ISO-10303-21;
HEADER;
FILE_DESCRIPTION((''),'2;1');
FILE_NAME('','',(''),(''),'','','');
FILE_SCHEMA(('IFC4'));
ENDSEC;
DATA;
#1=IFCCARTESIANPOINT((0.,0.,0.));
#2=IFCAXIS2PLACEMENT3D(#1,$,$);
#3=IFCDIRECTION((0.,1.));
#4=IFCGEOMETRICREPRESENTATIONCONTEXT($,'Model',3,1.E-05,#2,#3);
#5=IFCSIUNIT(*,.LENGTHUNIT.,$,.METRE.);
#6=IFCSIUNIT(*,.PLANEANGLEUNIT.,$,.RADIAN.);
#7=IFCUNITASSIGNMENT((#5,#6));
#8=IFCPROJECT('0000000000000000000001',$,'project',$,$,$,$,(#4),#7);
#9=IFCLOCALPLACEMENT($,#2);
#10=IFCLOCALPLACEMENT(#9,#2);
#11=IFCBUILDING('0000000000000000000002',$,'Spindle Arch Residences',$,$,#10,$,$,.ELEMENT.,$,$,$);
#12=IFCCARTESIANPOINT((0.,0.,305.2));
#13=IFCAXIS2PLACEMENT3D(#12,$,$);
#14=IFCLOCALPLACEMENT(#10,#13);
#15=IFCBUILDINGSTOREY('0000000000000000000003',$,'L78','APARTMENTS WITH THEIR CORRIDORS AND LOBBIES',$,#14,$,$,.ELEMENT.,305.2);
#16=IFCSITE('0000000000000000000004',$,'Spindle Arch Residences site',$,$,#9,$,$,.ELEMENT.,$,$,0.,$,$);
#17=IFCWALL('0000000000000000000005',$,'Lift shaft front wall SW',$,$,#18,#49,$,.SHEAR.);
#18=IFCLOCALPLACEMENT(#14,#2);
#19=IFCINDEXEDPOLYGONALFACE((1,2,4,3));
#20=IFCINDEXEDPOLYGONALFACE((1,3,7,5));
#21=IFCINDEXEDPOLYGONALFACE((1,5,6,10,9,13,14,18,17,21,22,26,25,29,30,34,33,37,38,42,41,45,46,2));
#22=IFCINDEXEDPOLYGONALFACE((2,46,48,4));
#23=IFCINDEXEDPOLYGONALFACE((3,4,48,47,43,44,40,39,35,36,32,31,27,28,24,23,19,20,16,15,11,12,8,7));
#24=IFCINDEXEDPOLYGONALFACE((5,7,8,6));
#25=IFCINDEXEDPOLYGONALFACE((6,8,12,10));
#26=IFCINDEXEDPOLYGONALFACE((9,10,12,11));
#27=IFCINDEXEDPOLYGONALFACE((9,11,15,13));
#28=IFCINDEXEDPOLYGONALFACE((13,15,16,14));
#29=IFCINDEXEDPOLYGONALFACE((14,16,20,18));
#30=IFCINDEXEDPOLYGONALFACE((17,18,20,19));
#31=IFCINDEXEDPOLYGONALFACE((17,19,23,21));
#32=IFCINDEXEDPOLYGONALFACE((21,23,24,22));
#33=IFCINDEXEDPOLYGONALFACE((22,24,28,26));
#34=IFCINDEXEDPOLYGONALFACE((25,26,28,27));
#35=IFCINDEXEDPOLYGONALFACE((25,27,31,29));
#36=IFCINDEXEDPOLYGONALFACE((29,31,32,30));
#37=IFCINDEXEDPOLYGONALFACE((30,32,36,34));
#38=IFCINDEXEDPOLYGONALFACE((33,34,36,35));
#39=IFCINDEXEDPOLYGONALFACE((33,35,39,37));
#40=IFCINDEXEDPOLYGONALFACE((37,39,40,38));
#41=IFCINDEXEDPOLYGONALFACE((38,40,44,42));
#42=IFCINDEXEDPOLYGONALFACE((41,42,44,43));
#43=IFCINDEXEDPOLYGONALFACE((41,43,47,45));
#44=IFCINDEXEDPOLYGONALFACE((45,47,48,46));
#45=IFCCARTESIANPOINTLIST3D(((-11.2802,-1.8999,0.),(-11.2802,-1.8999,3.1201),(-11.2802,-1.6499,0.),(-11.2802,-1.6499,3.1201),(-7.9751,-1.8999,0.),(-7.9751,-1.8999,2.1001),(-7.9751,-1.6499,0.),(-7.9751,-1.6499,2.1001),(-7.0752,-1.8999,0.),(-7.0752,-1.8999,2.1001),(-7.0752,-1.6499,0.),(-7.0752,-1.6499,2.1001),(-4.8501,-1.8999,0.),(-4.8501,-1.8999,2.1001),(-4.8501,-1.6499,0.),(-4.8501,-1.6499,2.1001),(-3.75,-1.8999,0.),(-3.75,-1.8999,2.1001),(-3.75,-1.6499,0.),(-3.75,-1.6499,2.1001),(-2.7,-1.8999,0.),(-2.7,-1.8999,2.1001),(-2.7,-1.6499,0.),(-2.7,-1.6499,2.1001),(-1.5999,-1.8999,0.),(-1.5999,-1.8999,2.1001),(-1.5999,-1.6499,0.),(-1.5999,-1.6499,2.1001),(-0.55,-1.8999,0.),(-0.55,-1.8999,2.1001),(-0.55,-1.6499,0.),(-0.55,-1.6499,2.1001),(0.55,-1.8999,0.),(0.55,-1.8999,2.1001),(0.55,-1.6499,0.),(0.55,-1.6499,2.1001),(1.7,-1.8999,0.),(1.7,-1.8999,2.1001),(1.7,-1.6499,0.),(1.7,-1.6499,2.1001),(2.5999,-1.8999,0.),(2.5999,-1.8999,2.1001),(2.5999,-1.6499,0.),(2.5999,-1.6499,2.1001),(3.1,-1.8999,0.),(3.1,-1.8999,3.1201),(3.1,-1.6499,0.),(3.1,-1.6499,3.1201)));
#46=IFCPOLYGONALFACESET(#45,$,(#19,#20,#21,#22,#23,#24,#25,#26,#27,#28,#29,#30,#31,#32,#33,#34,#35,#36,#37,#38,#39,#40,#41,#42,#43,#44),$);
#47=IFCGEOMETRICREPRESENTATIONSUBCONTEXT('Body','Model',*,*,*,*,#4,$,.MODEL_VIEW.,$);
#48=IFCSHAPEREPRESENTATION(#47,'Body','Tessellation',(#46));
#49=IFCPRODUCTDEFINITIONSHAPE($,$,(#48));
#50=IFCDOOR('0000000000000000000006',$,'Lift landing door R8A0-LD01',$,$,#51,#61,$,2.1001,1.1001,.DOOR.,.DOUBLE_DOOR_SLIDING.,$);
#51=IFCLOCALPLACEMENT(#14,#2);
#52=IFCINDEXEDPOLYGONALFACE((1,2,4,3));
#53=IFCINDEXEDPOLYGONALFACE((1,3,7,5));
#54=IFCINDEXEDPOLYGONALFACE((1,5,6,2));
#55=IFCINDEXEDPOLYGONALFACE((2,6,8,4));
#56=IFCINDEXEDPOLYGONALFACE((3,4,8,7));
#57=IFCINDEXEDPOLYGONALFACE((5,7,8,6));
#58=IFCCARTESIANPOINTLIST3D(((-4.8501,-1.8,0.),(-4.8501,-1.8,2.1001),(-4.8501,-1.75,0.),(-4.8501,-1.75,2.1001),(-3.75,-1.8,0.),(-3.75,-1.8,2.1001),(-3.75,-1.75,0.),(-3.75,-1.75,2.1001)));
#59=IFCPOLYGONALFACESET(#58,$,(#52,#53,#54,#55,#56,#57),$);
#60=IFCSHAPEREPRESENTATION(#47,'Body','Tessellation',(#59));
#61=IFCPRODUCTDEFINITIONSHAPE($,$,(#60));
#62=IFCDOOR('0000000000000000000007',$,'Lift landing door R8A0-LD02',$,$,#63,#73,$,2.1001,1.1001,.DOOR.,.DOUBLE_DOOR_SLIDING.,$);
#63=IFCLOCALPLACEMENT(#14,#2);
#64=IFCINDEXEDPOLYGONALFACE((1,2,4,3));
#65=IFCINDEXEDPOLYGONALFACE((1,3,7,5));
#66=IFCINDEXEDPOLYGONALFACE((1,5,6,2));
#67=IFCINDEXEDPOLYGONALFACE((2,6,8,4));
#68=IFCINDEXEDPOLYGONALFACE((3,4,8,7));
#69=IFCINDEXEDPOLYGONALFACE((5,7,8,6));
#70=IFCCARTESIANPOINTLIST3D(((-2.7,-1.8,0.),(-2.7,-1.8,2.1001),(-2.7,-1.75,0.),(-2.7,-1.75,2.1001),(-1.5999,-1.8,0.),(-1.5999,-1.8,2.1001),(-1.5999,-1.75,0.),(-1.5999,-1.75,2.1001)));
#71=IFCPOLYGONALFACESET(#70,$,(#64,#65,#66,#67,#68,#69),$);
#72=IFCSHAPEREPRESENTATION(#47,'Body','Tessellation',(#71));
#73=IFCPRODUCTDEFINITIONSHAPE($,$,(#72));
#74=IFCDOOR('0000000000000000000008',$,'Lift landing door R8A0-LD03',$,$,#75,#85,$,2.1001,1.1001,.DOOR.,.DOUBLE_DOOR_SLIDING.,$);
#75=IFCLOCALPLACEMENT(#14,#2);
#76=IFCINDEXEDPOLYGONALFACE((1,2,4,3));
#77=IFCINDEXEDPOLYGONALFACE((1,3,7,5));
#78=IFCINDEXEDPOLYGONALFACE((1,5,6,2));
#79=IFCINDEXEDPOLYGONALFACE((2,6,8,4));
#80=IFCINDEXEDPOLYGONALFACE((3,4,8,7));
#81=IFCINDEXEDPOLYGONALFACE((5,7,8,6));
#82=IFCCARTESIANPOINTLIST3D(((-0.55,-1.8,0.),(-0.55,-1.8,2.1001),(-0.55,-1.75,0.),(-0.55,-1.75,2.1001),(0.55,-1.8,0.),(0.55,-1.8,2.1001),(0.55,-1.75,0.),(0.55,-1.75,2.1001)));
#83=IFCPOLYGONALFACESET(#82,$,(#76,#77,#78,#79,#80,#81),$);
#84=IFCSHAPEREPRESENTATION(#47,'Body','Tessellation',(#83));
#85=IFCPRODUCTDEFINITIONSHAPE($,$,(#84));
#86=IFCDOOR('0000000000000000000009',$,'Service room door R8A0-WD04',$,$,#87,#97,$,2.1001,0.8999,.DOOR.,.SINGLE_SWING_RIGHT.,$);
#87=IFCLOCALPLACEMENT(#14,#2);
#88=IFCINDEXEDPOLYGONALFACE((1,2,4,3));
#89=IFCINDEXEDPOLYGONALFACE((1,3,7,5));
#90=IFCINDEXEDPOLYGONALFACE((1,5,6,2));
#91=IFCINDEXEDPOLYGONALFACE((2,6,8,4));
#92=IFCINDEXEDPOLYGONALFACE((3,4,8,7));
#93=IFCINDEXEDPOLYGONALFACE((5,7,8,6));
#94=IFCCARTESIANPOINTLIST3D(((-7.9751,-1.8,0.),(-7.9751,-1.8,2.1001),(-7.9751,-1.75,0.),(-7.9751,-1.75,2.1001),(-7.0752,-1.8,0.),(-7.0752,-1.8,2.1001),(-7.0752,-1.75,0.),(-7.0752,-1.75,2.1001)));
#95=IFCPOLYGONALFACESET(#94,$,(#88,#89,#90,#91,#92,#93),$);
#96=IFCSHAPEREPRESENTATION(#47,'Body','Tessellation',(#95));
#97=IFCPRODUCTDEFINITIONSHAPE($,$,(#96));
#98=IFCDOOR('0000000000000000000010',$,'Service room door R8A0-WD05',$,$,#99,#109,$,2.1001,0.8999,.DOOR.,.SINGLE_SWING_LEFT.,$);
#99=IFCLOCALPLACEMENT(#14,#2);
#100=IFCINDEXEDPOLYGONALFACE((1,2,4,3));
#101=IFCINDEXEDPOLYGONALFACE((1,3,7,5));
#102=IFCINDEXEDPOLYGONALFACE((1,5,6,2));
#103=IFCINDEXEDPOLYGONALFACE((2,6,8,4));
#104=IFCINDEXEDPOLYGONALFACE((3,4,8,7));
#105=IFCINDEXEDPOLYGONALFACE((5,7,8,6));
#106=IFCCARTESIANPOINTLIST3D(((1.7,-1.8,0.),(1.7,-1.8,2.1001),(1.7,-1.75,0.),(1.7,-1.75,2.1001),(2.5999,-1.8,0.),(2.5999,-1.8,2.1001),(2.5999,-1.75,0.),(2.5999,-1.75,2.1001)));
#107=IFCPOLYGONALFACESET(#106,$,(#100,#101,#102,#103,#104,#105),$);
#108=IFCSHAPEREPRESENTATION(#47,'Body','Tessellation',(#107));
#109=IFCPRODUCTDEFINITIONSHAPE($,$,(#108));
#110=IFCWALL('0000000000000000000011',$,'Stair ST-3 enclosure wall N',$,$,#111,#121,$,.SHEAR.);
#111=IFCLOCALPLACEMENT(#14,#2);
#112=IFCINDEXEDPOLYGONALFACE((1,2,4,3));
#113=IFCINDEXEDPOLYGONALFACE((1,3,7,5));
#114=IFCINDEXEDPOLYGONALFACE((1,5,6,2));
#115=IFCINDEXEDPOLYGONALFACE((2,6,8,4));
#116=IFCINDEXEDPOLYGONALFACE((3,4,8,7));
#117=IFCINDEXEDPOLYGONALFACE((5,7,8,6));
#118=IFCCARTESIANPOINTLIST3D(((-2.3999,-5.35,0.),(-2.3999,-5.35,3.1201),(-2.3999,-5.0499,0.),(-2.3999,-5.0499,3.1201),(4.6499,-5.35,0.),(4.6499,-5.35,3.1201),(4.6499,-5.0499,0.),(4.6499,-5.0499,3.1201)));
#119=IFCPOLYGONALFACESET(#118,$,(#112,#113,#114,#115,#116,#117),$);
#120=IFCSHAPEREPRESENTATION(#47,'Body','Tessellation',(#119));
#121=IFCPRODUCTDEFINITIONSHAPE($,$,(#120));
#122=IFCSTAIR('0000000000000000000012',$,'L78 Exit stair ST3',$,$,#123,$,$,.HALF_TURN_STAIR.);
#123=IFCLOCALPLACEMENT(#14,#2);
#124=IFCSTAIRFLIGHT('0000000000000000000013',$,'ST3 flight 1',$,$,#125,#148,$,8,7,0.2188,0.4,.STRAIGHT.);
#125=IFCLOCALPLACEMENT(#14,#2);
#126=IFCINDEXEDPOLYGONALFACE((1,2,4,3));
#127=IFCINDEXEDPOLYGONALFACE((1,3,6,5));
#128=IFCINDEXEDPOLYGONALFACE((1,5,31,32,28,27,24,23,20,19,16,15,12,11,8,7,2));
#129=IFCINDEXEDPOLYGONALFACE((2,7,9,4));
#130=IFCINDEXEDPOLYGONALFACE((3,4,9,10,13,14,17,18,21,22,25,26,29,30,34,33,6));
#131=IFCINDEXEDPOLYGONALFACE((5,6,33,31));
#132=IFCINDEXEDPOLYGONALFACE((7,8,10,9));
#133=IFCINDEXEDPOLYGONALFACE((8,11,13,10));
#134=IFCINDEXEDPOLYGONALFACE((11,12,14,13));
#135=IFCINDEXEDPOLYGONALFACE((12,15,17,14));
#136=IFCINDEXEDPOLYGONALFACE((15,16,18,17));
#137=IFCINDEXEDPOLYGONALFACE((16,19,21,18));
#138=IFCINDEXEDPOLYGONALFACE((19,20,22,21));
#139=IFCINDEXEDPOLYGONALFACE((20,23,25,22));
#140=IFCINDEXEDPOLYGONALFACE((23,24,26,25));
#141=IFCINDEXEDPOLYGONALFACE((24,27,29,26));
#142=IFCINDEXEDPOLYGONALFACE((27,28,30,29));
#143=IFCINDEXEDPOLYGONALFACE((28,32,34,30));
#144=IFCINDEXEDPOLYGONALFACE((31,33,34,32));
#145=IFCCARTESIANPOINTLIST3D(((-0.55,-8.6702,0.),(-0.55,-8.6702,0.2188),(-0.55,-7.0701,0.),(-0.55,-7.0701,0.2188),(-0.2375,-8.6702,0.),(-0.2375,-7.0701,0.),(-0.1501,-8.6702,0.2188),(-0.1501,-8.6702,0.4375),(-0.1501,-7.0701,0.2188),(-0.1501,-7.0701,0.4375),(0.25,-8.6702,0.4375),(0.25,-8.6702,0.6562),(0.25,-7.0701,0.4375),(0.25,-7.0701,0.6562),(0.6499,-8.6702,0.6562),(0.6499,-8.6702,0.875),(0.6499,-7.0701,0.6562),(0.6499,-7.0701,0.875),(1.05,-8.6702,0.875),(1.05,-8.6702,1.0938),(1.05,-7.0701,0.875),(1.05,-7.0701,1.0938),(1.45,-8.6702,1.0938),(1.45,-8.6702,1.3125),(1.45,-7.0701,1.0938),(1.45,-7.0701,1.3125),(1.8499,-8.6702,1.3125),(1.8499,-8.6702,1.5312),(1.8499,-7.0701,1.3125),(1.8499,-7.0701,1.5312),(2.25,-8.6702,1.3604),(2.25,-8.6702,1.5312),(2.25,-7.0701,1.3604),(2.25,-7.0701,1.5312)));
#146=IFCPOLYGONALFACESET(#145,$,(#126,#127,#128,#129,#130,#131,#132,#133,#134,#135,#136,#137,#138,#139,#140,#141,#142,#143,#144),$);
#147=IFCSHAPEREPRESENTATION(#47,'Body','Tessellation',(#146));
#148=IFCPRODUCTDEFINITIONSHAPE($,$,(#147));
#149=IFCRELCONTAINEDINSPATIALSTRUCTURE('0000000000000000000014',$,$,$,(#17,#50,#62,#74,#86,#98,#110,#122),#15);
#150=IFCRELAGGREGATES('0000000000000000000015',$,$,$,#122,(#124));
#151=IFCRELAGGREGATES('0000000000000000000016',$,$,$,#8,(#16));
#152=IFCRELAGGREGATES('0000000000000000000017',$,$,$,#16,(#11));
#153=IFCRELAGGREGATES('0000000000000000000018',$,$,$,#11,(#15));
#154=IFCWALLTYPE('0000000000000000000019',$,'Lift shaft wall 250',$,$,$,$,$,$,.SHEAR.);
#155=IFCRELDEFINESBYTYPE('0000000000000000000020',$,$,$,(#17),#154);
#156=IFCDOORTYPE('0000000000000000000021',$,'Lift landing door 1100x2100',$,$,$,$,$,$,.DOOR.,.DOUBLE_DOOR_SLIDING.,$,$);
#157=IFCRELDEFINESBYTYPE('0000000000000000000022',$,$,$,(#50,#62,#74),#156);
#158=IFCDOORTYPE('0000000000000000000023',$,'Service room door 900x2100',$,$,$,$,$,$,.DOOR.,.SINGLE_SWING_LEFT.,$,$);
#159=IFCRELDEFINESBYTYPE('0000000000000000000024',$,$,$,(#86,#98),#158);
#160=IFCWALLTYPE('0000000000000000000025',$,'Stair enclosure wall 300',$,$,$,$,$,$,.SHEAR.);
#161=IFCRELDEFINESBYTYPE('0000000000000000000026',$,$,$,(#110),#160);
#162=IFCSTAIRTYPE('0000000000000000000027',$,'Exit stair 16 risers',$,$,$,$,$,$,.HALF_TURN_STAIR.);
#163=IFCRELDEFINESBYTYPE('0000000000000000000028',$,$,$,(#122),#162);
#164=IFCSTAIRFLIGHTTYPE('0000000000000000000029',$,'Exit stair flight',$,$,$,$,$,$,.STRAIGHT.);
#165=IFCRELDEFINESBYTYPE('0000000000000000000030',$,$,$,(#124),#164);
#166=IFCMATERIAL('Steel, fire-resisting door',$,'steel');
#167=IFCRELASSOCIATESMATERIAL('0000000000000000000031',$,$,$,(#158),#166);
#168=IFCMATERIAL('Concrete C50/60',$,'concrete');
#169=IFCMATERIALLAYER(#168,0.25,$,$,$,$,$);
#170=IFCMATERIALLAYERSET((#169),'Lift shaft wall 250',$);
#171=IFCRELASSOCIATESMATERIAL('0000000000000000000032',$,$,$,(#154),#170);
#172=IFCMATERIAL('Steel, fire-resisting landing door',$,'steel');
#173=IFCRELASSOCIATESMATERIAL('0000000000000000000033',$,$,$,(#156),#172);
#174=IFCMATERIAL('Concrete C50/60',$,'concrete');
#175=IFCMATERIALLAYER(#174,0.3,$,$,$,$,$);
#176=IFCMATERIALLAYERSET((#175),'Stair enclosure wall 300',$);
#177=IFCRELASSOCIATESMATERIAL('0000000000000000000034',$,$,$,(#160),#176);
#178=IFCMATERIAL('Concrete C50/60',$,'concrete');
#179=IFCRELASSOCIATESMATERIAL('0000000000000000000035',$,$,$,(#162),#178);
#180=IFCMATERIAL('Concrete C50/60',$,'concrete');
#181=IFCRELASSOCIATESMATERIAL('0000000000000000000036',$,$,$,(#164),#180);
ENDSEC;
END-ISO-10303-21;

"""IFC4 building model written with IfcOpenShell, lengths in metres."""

from ifc_helpers import new_model, si_unit, direction, frame, frame_2d, origin, place, context, subcontext, project, spatial, polyline, rectangle, outline, extrude, material, layer, layer_set, type_object, element, fill, aggregate, save


model = new_model("IFC4")

# Units and contexts
model_context = context("Model", 3, precision=1e-05, world=origin(), true_north=direction((0.0, 1.0)))
body_context = subcontext(model_context, "Body", "Model", "MODEL_VIEW")
ifc_project = project(units=[si_unit("LENGTHUNIT", "METRE"), si_unit("PLANEANGLEUNIT", "RADIAN")], contexts=[model_context])

# Site, building, storey
site_placement = place(None, origin())
site = spatial("IfcSite", under=ifc_project, at=site_placement, Name="Spindle Arch Residences site", CompositionType="ELEMENT", RefElevation=0.0)
building_placement = place(site_placement, origin())
building = spatial("IfcBuilding", under=site, at=building_placement, Name="Spindle Arch Residences", CompositionType="ELEMENT")
storey_placement = place(building_placement, frame((0.0, 0.0, 305.2)))
storey = spatial("IfcBuildingStorey", under=building, at=storey_placement, Name="L78", Description="APARTMENTS WITH THEIR CORRIDORS AND LOBBIES", CompositionType="ELEMENT", Elevation=305.2)

# Shared definitions
ifc_material_1 = material(Name="Steel, fire-resisting door", Category="steel")
door_type_1 = type_object("IfcDoorType", Name="Service room door 900x2100", OperationType="SINGLE_SWING_LEFT", PredefinedType="DOOR", material=ifc_material_1)

# Wall, openings, doors
ifc_material_2 = material(Name="Concrete C50/60", Category="concrete")
ifc_layer_1 = layer(ifc_material_2, 0.25)
ifc_layer_set_1 = layer_set([ifc_layer_1], Name="Lift shaft wall 250")
wall_type_1 = type_object("IfcWallType", Name="Lift shaft wall 250", PredefinedType="SHEAR", material=ifc_layer_set_1)
wall_1_placement = place(storey_placement, frame((-11.28, -1.7749, 0.0), z_axis=(0.0, 0.0, 1.0), x_axis=(1.0, 0.0, 0.0)))
wall_1 = element("IfcWall", 1, at=wall_1_placement, inside=storey, type_object=wall_type_1, Name="Lift shaft front wall SW", PredefinedType="SHEAR", context=body_context, shape_type="SweptSolid", body=[
    extrude(rectangle(XDim=14.3801, YDim=0.25, at=frame_2d((7.1899, 0.0))), origin(), (0.0, 0.0, 1.0), 3.1201),
])
opening_1_placement = place(wall_1_placement, frame((6.4299, 0.0, 0.0)))
opening_1 = element("IfcOpeningElement", 2, at=opening_1_placement, cuts=wall_1, PredefinedType="OPENING", context=body_context, shape_type="SweptSolid", body=[
    extrude(rectangle(XDim=1.1001, YDim=2.1001, at=frame_2d((0.55, 1.05))), frame((0.0, 0.135, 0.0), z_axis=(0.0, -1.0, 0.0), x_axis=(1.0, 0.0, 0.0)), (0.0, 0.0, 1.0), 0.27),
])
opening_2_placement = place(wall_1_placement, frame((8.5801, 0.0, 0.0)))
opening_2 = element("IfcOpeningElement", 3, at=opening_2_placement, cuts=wall_1, PredefinedType="OPENING", context=body_context, shape_type="SweptSolid", body=[
    extrude(rectangle(XDim=1.1001, YDim=2.1001, at=frame_2d((0.55, 1.05))), frame((0.0, 0.135, 0.0), z_axis=(0.0, -1.0, 0.0), x_axis=(1.0, 0.0, 0.0)), (0.0, 0.0, 1.0), 0.27),
])
opening_3_placement = place(wall_1_placement, frame((10.73, 0.0, 0.0)))
opening_3 = element("IfcOpeningElement", 4, at=opening_3_placement, cuts=wall_1, PredefinedType="OPENING", context=body_context, shape_type="SweptSolid", body=[
    extrude(rectangle(XDim=1.1001, YDim=2.1001, at=frame_2d((0.55, 1.05))), frame((0.0, 0.135, 0.0), z_axis=(0.0, -1.0, 0.0), x_axis=(1.0, 0.0, 0.0)), (0.0, 0.0, 1.0), 0.27),
])
opening_4_placement = place(wall_1_placement, frame((3.3049, 0.0, 0.0)))
opening_4 = element("IfcOpeningElement", 5, at=opening_4_placement, cuts=wall_1, PredefinedType="OPENING", context=body_context, shape_type="SweptSolid", body=[
    extrude(rectangle(XDim=0.8999, YDim=2.1001, at=frame_2d((0.45, 1.05))), frame((0.0, 0.135, 0.0), z_axis=(0.0, -1.0, 0.0), x_axis=(1.0, 0.0, 0.0)), (0.0, 0.0, 1.0), 0.27),
])
opening_5_placement = place(wall_1_placement, frame((12.98, 0.0, 0.0)))
opening_5 = element("IfcOpeningElement", 6, at=opening_5_placement, cuts=wall_1, PredefinedType="OPENING", context=body_context, shape_type="SweptSolid", body=[
    extrude(rectangle(XDim=0.8999, YDim=2.1001, at=frame_2d((0.45, 1.05))), frame((0.0, 0.135, 0.0), z_axis=(0.0, -1.0, 0.0), x_axis=(1.0, 0.0, 0.0)), (0.0, 0.0, 1.0), 0.27),
])
ifc_material_3 = material(Name="Steel, fire-resisting landing door", Category="steel")
door_type_2 = type_object("IfcDoorType", Name="Lift landing door 1100x2100", OperationType="DOUBLE_DOOR_SLIDING", PredefinedType="DOOR", material=ifc_material_3)
door_1_placement = place(opening_1_placement, origin())
door_1 = element("IfcDoor", 7, at=door_1_placement, inside=storey, type_object=door_type_2, Name="Lift landing door R8A0-LD01", OperationType="DOUBLE_DOOR_SLIDING", OverallHeight=2.1001, OverallWidth=1.1001, PredefinedType="DOOR", context=body_context, shape_type="SweptSolid", body=[
    extrude(rectangle(XDim=1.1001, YDim=2.1001, at=frame_2d((0.55, 1.05))), frame((0.0, 0.0249, 0.0), z_axis=(0.0, -1.0, 0.0), x_axis=(1.0, 0.0, 0.0)), (0.0, 0.0, 1.0), 0.05),
])
fill(opening_1, door_1)
door_2_placement = place(opening_2_placement, origin())
door_2 = element("IfcDoor", 8, at=door_2_placement, inside=storey, type_object=door_type_2, Name="Lift landing door R8A0-LD02", OperationType="DOUBLE_DOOR_SLIDING", OverallHeight=2.1001, OverallWidth=1.1001, PredefinedType="DOOR", context=body_context, shape_type="SweptSolid", body=[
    extrude(rectangle(XDim=1.1001, YDim=2.1001, at=frame_2d((0.55, 1.05))), frame((0.0, 0.0249, 0.0), z_axis=(0.0, -1.0, 0.0), x_axis=(1.0, 0.0, 0.0)), (0.0, 0.0, 1.0), 0.05),
])
fill(opening_2, door_2)
door_3_placement = place(opening_3_placement, origin())
door_3 = element("IfcDoor", 9, at=door_3_placement, inside=storey, type_object=door_type_2, Name="Lift landing door R8A0-LD03", OperationType="DOUBLE_DOOR_SLIDING", OverallHeight=2.1001, OverallWidth=1.1001, PredefinedType="DOOR", context=body_context, shape_type="SweptSolid", body=[
    extrude(rectangle(XDim=1.1001, YDim=2.1001, at=frame_2d((0.55, 1.05))), frame((0.0, 0.0249, 0.0), z_axis=(0.0, -1.0, 0.0), x_axis=(1.0, 0.0, 0.0)), (0.0, 0.0, 1.0), 0.05),
])
fill(opening_3, door_3)
door_4_placement = place(opening_4_placement, origin())
door_4 = element("IfcDoor", 10, at=door_4_placement, inside=storey, type_object=door_type_1, Name="Service room door R8A0-WD04", OperationType="SINGLE_SWING_RIGHT", OverallHeight=2.1001, OverallWidth=0.8999, PredefinedType="DOOR", context=body_context, shape_type="SweptSolid", body=[
    extrude(rectangle(XDim=0.8999, YDim=2.1001, at=frame_2d((0.45, 1.05))), frame((0.0, 0.0249, 0.0), z_axis=(0.0, -1.0, 0.0), x_axis=(1.0, 0.0, 0.0)), (0.0, 0.0, 1.0), 0.05),
])
fill(opening_4, door_4)
door_5_placement = place(opening_5_placement, origin())
door_5 = element("IfcDoor", 11, at=door_5_placement, inside=storey, type_object=door_type_1, Name="Service room door R8A0-WD05", OperationType="SINGLE_SWING_LEFT", OverallHeight=2.1001, OverallWidth=0.8999, PredefinedType="DOOR", context=body_context, shape_type="SweptSolid", body=[
    extrude(rectangle(XDim=0.8999, YDim=2.1001, at=frame_2d((0.45, 1.05))), frame((0.0, 0.0249, 0.0), z_axis=(0.0, -1.0, 0.0), x_axis=(1.0, 0.0, 0.0)), (0.0, 0.0, 1.0), 0.05),
])
fill(opening_5, door_5)

# Wall
ifc_material_4 = material(Name="Concrete C50/60", Category="concrete")
ifc_layer_2 = layer(ifc_material_4, 0.3)
ifc_layer_set_2 = layer_set([ifc_layer_2], Name="Stair enclosure wall 300")
wall_type_2 = type_object("IfcWallType", Name="Stair enclosure wall 300", PredefinedType="SHEAR", material=ifc_layer_set_2)
wall_2_placement = place(storey_placement, frame((-2.3999, -5.2, 0.0), z_axis=(0.0, 0.0, 1.0), x_axis=(1.0, 0.0, 0.0)))
element("IfcWall", 12, at=wall_2_placement, inside=storey, type_object=wall_type_2, Name="Stair ST-3 enclosure wall N", PredefinedType="SHEAR", context=body_context, shape_type="SweptSolid", body=[
    extrude(rectangle(XDim=7.0498, YDim=0.3, at=frame_2d((3.5249, 0.0))), origin(), (0.0, 0.0, 1.0), 3.1201),
])

# Stair, stair flight
ifc_material_5 = material(Name="Concrete C50/60", Category="concrete")
stair_type = type_object("IfcStairType", Name="Exit stair 16 risers", PredefinedType="HALF_TURN_STAIR", material=ifc_material_5)
stair_placement = place(storey_placement, origin())
stair = element("IfcStair", 13, at=stair_placement, inside=storey, type_object=stair_type, Name="L78 Exit stair ST3", PredefinedType="HALF_TURN_STAIR")
ifc_material_6 = material(Name="Concrete C50/60", Category="concrete")
stair_flight_type = type_object("IfcStairFlightType", Name="Exit stair flight", PredefinedType="STRAIGHT", material=ifc_material_6)
stair_flight_placement = place(storey_placement, frame((-0.55, -7.8701, 0.0), z_axis=(0.0, 0.0, 1.0), x_axis=(1.0, 0.0, 0.0)))
stair_flight = element("IfcStairFlight", 14, at=stair_flight_placement, type_object=stair_flight_type, Name="ST3 flight 1", NumberOfRisers=8, NumberOfTreads=7, PredefinedType="STRAIGHT", RiserHeight=0.2188, TreadLength=0.4, context=body_context, shape_type="SweptSolid", body=[
    extrude(outline(polyline([(0.0, 0.0), (0.0, 0.2188), (0.3999, 0.2188), (0.3999, 0.4375), (0.8, 0.4375), (0.8, 0.6562), (1.2, 0.6562), (1.2, 0.875), (1.6001, 0.875), (1.6001, 1.0938), (2.0, 1.0938), (2.0, 1.3125), (2.3999, 1.3125), (2.3999, 1.5312), (2.8, 1.5312), (2.8, 1.75), (2.8, 1.3604), (0.3125, 0.0), (0.0, 0.0)])), frame((0.0, 0.8, 0.0), z_axis=(0.0, -1.0, 0.0), x_axis=(1.0, 0.0, 0.0)), (0.0, 0.0, 1.0), 1.6001),
])
aggregate(stair, [stair_flight])

save(model, "model.ifc")
